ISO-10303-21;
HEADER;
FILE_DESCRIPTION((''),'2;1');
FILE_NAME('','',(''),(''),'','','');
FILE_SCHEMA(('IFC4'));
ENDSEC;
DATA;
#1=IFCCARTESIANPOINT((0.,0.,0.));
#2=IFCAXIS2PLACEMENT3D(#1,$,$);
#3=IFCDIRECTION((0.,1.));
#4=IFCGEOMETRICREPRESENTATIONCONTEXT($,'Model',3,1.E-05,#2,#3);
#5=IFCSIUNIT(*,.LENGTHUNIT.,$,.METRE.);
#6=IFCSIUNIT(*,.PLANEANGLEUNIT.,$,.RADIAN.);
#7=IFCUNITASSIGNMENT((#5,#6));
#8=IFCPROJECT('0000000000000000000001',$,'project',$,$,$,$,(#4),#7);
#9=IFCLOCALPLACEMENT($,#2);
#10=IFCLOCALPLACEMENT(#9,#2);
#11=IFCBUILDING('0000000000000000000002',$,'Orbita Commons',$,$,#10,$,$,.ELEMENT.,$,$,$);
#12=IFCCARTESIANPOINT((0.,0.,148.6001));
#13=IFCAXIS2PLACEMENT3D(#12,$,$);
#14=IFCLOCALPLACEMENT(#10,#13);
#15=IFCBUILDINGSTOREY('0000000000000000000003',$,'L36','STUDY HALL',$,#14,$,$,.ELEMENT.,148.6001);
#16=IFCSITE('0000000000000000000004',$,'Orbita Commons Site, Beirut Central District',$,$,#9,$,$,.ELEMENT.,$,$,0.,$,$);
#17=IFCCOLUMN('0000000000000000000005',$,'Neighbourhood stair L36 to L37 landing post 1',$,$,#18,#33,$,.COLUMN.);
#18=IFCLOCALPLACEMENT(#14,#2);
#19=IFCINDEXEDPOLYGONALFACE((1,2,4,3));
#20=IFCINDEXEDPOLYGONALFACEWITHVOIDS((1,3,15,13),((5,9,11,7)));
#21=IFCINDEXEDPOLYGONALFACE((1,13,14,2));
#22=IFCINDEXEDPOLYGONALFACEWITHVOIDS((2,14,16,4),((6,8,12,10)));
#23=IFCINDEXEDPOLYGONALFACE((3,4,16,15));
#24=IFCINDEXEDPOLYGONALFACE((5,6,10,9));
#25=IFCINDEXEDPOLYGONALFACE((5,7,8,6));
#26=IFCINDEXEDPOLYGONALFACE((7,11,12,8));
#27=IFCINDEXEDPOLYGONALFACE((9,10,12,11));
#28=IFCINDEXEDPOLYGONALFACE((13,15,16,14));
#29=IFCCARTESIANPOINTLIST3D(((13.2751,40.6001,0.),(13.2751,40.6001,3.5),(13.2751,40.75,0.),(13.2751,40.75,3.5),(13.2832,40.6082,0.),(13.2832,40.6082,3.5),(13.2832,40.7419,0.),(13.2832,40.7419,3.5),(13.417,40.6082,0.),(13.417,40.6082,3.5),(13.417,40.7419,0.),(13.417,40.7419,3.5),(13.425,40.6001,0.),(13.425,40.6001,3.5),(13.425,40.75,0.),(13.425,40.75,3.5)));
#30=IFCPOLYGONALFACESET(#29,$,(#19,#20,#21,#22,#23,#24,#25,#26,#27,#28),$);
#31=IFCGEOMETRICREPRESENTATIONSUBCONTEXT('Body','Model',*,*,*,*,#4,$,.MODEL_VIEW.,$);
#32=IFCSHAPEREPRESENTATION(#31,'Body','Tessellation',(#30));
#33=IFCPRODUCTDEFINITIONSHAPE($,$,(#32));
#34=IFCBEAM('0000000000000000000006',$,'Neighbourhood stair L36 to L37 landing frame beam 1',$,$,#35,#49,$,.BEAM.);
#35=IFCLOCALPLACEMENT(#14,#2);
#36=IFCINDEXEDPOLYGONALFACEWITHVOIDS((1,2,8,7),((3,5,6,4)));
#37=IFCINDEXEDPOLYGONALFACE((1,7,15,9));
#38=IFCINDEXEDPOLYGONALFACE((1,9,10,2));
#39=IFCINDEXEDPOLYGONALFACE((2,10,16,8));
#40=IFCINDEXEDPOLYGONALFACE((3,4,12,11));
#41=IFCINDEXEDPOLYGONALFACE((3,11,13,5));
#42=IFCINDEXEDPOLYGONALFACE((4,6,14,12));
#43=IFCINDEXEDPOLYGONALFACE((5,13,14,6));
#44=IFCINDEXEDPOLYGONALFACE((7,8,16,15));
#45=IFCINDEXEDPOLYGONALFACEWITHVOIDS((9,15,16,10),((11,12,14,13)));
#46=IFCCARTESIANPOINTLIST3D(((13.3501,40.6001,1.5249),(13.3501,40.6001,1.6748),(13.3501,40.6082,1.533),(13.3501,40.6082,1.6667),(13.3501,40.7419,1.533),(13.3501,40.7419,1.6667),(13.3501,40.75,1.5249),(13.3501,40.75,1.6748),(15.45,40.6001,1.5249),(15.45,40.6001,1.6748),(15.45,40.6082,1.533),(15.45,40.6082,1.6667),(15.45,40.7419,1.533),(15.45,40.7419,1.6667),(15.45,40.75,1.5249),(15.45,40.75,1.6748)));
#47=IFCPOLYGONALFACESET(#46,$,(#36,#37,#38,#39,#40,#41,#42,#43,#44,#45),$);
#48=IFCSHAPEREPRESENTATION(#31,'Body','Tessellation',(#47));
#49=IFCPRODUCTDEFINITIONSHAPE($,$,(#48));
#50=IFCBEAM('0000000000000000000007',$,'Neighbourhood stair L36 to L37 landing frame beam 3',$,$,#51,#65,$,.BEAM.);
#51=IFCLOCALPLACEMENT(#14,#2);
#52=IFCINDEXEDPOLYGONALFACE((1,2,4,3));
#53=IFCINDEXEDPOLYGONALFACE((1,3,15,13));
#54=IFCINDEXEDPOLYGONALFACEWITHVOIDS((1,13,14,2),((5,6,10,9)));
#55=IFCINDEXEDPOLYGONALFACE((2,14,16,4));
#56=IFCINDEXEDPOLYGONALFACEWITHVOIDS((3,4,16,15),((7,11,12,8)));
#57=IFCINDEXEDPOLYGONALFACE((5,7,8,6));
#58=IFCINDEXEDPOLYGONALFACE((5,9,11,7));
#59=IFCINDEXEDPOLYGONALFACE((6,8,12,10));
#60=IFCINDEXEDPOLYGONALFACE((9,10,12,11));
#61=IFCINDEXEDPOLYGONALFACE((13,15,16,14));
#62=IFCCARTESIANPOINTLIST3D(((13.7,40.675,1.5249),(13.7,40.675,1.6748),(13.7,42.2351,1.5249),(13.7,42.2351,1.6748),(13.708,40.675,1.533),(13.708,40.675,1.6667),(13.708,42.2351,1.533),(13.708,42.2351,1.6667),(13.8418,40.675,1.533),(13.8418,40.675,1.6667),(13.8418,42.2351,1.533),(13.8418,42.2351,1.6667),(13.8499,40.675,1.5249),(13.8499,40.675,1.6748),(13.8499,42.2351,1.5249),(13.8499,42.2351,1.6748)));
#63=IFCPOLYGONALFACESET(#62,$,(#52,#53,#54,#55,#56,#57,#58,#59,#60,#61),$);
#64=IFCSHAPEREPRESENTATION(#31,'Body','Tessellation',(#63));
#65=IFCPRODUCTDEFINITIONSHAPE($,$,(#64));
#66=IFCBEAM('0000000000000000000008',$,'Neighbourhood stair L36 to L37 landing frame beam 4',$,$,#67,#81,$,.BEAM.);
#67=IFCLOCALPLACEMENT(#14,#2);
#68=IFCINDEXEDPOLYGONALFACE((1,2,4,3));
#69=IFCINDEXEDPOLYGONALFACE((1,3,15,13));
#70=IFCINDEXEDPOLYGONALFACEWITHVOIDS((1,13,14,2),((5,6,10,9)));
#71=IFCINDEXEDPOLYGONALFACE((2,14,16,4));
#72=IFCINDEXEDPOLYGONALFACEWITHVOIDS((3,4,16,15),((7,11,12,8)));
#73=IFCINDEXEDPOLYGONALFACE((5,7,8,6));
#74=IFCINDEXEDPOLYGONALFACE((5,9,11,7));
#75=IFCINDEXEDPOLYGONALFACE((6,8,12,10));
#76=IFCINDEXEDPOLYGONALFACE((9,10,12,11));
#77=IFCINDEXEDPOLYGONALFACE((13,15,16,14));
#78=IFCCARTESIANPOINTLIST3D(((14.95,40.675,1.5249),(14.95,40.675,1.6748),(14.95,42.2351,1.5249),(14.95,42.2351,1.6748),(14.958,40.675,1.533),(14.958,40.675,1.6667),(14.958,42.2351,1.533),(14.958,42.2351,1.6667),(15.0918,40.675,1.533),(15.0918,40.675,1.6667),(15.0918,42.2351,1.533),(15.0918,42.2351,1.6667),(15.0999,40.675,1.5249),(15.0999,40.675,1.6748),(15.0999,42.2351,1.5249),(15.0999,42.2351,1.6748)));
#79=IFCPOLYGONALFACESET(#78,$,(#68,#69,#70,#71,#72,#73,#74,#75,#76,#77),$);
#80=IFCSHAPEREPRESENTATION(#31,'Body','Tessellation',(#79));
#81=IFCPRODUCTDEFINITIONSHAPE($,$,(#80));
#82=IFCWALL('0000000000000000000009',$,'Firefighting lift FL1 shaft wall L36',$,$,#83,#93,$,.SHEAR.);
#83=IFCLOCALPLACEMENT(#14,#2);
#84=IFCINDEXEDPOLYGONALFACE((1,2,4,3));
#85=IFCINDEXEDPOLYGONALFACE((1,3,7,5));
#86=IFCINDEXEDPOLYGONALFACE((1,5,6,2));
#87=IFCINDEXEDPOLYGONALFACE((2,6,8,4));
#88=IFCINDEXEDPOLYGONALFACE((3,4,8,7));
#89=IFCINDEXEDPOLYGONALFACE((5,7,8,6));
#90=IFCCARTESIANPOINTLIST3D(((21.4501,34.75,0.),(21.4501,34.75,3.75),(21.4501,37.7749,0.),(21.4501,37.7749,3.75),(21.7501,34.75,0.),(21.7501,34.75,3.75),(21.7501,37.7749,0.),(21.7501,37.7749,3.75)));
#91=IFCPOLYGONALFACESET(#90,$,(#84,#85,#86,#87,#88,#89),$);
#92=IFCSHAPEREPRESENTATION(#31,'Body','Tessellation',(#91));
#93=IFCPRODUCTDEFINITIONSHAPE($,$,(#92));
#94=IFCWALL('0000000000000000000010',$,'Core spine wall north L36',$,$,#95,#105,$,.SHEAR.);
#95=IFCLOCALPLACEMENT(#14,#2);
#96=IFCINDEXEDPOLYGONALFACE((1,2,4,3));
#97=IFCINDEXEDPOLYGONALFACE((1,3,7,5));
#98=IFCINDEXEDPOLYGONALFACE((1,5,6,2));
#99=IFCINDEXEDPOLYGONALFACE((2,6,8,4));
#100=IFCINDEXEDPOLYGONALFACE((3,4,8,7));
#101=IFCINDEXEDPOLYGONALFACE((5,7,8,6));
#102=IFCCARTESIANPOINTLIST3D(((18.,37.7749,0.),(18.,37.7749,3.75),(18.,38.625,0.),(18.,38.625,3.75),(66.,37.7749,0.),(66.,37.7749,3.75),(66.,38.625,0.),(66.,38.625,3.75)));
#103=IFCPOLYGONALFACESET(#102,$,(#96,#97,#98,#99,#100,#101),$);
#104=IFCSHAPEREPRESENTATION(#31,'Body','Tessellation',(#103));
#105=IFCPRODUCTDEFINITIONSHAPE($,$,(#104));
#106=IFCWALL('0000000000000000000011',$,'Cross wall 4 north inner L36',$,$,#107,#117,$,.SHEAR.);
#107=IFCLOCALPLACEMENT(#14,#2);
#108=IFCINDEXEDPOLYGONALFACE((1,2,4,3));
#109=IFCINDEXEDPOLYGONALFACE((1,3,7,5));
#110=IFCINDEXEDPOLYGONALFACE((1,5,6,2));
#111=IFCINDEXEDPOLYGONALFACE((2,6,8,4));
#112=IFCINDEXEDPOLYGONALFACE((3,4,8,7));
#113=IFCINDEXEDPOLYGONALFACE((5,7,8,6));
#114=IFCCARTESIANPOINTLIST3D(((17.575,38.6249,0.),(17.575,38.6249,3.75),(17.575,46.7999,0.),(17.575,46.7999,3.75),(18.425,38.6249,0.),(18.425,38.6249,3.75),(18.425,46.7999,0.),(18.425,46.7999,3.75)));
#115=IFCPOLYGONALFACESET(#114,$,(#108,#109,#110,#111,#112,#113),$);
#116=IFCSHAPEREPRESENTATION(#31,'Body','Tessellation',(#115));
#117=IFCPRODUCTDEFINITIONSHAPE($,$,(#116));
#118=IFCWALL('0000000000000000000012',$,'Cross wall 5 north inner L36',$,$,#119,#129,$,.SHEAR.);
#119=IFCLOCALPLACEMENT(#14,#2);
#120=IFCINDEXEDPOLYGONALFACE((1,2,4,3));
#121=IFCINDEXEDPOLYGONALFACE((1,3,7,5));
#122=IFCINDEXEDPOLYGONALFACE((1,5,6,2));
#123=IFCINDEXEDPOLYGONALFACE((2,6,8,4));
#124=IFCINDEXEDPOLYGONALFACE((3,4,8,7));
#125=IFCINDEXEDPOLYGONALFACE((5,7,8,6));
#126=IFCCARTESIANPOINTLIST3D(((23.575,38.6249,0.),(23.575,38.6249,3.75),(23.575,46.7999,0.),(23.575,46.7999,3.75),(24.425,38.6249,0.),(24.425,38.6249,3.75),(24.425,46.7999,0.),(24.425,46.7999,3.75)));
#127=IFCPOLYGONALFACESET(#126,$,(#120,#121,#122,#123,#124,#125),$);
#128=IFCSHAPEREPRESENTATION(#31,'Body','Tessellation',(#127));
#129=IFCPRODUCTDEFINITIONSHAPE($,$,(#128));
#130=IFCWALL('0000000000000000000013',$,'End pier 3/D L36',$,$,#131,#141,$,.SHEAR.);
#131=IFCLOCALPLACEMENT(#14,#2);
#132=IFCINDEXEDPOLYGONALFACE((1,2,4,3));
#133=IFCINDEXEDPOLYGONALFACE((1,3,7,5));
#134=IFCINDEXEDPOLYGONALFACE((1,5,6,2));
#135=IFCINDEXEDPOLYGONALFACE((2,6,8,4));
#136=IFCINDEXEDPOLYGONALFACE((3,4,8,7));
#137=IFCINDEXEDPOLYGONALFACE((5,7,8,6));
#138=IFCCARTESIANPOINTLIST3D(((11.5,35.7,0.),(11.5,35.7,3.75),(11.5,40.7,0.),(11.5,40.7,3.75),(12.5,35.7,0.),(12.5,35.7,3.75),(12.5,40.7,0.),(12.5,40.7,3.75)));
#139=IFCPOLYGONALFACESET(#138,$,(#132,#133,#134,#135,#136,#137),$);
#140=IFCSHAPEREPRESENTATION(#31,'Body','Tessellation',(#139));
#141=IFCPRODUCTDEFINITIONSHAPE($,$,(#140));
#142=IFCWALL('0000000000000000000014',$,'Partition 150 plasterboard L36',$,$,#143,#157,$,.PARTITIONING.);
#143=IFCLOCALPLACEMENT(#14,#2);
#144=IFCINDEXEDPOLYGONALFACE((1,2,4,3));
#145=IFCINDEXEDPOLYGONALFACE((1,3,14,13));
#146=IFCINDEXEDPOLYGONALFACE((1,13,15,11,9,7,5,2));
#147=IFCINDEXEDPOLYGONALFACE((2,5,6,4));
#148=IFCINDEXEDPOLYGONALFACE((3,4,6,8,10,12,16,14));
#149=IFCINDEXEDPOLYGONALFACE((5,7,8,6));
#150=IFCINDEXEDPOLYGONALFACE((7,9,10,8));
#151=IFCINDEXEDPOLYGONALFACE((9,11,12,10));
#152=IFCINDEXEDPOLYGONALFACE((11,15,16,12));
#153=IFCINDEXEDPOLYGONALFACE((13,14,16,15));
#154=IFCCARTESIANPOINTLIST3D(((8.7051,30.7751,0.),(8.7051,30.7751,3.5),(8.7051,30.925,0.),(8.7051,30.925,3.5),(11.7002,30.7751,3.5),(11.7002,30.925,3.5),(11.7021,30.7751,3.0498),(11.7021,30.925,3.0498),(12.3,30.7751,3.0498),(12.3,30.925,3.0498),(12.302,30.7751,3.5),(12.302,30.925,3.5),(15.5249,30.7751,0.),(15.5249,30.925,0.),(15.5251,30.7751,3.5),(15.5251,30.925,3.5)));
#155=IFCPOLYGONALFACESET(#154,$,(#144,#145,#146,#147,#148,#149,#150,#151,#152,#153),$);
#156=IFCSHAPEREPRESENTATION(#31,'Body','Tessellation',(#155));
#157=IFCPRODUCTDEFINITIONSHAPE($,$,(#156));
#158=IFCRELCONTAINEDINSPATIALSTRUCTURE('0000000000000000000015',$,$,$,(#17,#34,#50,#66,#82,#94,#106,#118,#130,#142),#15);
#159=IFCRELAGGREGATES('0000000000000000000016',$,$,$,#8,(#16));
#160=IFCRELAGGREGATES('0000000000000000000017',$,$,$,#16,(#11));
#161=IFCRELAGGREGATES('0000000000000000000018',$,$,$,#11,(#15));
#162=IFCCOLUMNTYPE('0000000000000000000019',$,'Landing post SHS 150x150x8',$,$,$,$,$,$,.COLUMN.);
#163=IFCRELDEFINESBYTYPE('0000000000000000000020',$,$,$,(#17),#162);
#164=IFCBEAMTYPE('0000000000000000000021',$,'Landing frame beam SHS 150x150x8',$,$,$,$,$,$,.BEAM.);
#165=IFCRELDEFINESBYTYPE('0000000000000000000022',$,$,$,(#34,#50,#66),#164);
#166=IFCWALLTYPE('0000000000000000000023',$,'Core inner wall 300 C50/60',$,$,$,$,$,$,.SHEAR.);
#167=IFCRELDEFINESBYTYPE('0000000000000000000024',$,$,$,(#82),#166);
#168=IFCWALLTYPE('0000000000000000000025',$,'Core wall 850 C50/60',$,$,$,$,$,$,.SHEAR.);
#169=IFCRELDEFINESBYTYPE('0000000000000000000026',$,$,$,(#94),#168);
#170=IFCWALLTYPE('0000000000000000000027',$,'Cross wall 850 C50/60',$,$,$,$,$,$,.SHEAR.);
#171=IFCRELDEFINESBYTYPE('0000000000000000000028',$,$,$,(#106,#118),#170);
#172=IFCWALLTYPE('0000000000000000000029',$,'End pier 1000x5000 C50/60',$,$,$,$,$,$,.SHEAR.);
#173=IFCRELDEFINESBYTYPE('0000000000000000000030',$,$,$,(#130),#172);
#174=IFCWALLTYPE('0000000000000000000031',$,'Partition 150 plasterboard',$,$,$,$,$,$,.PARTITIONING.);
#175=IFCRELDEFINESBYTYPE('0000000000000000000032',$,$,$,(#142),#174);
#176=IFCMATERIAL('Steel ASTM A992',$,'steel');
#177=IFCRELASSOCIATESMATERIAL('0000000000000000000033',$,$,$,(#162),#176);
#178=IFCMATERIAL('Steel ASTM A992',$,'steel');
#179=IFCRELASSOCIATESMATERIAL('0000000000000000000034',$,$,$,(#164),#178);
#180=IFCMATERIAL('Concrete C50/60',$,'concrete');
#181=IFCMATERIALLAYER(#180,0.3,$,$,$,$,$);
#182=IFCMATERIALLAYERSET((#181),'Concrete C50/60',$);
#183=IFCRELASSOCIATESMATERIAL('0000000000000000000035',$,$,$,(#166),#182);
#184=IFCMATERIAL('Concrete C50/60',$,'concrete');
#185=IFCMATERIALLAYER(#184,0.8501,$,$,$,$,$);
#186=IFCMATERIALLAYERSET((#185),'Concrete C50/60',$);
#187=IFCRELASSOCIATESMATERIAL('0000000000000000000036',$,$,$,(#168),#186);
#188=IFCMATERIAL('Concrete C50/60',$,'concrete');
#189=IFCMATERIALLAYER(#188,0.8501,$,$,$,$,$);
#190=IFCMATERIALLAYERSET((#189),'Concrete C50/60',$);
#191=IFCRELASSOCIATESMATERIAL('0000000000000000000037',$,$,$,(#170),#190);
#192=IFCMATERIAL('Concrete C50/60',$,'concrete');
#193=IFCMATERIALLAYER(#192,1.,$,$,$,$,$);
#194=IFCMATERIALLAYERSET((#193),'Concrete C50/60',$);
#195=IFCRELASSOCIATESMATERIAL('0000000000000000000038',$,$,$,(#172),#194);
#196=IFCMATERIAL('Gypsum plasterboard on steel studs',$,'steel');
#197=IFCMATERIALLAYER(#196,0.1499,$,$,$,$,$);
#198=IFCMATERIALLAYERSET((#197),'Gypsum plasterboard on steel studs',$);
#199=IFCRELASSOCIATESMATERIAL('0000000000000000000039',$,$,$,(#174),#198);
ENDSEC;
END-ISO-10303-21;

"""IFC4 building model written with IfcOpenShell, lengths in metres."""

from ifc_helpers import new_model, si_unit, direction, frame, frame_2d, origin, origin_2d, place, context, subcontext, project, spatial, polyline, rectangle, hollow_rectangle, outline, extrude, material, layer, layer_set, material_profile, profile_set, type_object, element, save


model = new_model("IFC4")

# Units and contexts
model_context = context("Model", 3, precision=1e-05, world=origin(), true_north=direction((0.0, 1.0)))
body_context = subcontext(model_context, "Body", "Model", "MODEL_VIEW")
ifc_project = project(units=[si_unit("LENGTHUNIT", "METRE"), si_unit("PLANEANGLEUNIT", "RADIAN")], contexts=[model_context])

# Site, building, storey
site_placement = place(None, origin())
site = spatial("IfcSite", under=ifc_project, at=site_placement, Name="Orbita Commons Site, Beirut Central District", CompositionType="ELEMENT", RefElevation=0.0)
building_placement = place(site_placement, origin())
building = spatial("IfcBuilding", under=site, at=building_placement, Name="Orbita Commons", CompositionType="ELEMENT")
storey_placement = place(building_placement, frame((0.0, 0.0, 148.6001)))
storey = spatial("IfcBuildingStorey", under=building, at=storey_placement, Name="L36", Description="STUDY HALL", CompositionType="ELEMENT", Elevation=148.6001)

# Column
ifc_material_1 = material(Name="Steel ASTM A992", Category="steel")
ifc_material_profile_1 = material_profile(ifc_material_1, hollow_rectangle(XDim=0.1499, YDim=0.1499, WallThickness=0.0081, at=origin_2d()), Name="SHS 150x150x8")
ifc_profile_set_1 = profile_set([ifc_material_profile_1], Name="Steel ASTM A992")
column_type = type_object("IfcColumnType", Name="Landing post SHS 150x150x8", PredefinedType="COLUMN", material=ifc_profile_set_1)
column_placement = place(storey_placement, frame((13.3501, 40.675, 0.0), z_axis=(0.0, 0.0, 1.0), x_axis=(1.0, 0.0, 0.0)))
element("IfcColumn", 1, at=column_placement, inside=storey, type_object=column_type, Name="Neighbourhood stair L36 to L37 landing post 1", PredefinedType="COLUMN", context=body_context, shape_type="SweptSolid", body=[
    extrude(hollow_rectangle(XDim=0.1499, YDim=0.1499, WallThickness=0.0081, at=origin_2d()), origin(), (0.0, 0.0, 1.0), 3.5),
])

# Beams
ifc_material_2 = material(Name="Steel ASTM A992", Category="steel")
ifc_material_profile_2 = material_profile(ifc_material_2, hollow_rectangle(XDim=0.1499, YDim=0.1499, WallThickness=0.0081, at=origin_2d()), Name="SHS 150x150x8")
ifc_profile_set_2 = profile_set([ifc_material_profile_2], Name="Steel ASTM A992")
beam_type = type_object("IfcBeamType", Name="Landing frame beam SHS 150x150x8", PredefinedType="BEAM", material=ifc_profile_set_2)
beam_placement = place(storey_placement, frame((13.3501, 40.675, 1.5999), z_axis=(1.0, 0.0, 0.0), x_axis=(0.0, 1.0, 0.0)))
element("IfcBeam", 2, at=beam_placement, inside=storey, type_object=beam_type, Name="Neighbourhood stair L36 to L37 landing frame beam 1", PredefinedType="BEAM", context=body_context, shape_type="SweptSolid", body=[
    extrude(hollow_rectangle(XDim=0.1499, YDim=0.1499, WallThickness=0.0081, at=origin_2d()), origin(), (0.0, 0.0, 1.0), 2.0999),
])
for number, where, z_axis, x_axis, name in (
    (3, (13.7749, 40.675, 1.5999), (0.0, 1.0, 0.0), (-1.0, 0.0, 0.0), "Neighbourhood stair L36 to L37 landing frame beam 3"),
    (4, (15.0249, 40.675, 1.5999), (0.0, 1.0, 0.0), (-1.0, 0.0, 0.0), "Neighbourhood stair L36 to L37 landing frame beam 4"),
):
    element("IfcBeam", number, at=place(storey_placement, frame(where, z_axis=z_axis, x_axis=x_axis)), inside=storey, type_object=beam_type, Name=name, PredefinedType="BEAM", context=body_context, shape_type="SweptSolid", body=[
        extrude(hollow_rectangle(XDim=0.1499, YDim=0.1499, WallThickness=0.0081, at=origin_2d()), origin(), (0.0, 0.0, 1.0), 1.5601),
    ])

# Shared definitions
ifc_material_3 = material(Name="Concrete C50/60", Category="concrete")
ifc_layer_1 = layer(ifc_material_3, 0.3)
ifc_layer_set_1 = layer_set([ifc_layer_1], Name="Concrete C50/60")
wall_type_1 = type_object("IfcWallType", Name="Core inner wall 300 C50/60", PredefinedType="SHEAR", material=ifc_layer_set_1)

# Walls
wall_1_placement = place(storey_placement, frame((21.6001, 34.75, 0.0), z_axis=(0.0, 0.0, 1.0), x_axis=(0.0, 1.0, 0.0)))
element("IfcWall", 5, at=wall_1_placement, inside=storey, type_object=wall_type_1, Name="Firefighting lift FL1 shaft wall L36", PredefinedType="SHEAR", context=body_context, shape_type="SweptSolid", body=[
    extrude(rectangle(XDim=3.0249, YDim=0.3, at=frame_2d((1.5125, 0.0))), origin(), (0.0, 0.0, 1.0), 3.75),
])
ifc_material_4 = material(Name="Concrete C50/60", Category="concrete")
ifc_layer_2 = layer(ifc_material_4, 0.8501)
ifc_layer_set_2 = layer_set([ifc_layer_2], Name="Concrete C50/60")
wall_type_2 = type_object("IfcWallType", Name="Core wall 850 C50/60", PredefinedType="SHEAR", material=ifc_layer_set_2)
wall_2_placement = place(storey_placement, frame((18.0, 38.2, 0.0), z_axis=(0.0, 0.0, 1.0), x_axis=(1.0, 0.0, 0.0)))
element("IfcWall", 6, at=wall_2_placement, inside=storey, type_object=wall_type_2, Name="Core spine wall north L36", PredefinedType="SHEAR", context=body_context, shape_type="SweptSolid", body=[
    extrude(rectangle(XDim=48.0, YDim=0.8501, at=frame_2d((24.0, 0.0))), origin(), (0.0, 0.0, 1.0), 3.75),
])
ifc_material_5 = material(Name="Concrete C50/60", Category="concrete")
ifc_layer_3 = layer(ifc_material_5, 0.8501)
ifc_layer_set_3 = layer_set([ifc_layer_3], Name="Concrete C50/60")
wall_type_3 = type_object("IfcWallType", Name="Cross wall 850 C50/60", PredefinedType="SHEAR", material=ifc_layer_set_3)
for number, where, z_axis, x_axis, name in (
    (7, (18.0, 38.625, 0.0), (0.0, 0.0, 1.0), (0.0, 1.0, 0.0), "Cross wall 4 north inner L36"),
    (8, (24.0, 38.625, 0.0), (0.0, 0.0, 1.0), (0.0, 1.0, 0.0), "Cross wall 5 north inner L36"),
):
    element("IfcWall", number, at=place(storey_placement, frame(where, z_axis=z_axis, x_axis=x_axis)), inside=storey, type_object=wall_type_3, Name=name, PredefinedType="SHEAR", context=body_context, shape_type="SweptSolid", body=[
        extrude(rectangle(XDim=8.175, YDim=0.8501, at=frame_2d((4.0874, 0.0))), origin(), (0.0, 0.0, 1.0), 3.75),
    ])
ifc_material_6 = material(Name="Concrete C50/60", Category="concrete")
ifc_layer_4 = layer(ifc_material_6, 1.0)
ifc_layer_set_4 = layer_set([ifc_layer_4], Name="Concrete C50/60")
wall_type_4 = type_object("IfcWallType", Name="End pier 1000x5000 C50/60", PredefinedType="SHEAR", material=ifc_layer_set_4)
wall_3_placement = place(storey_placement, frame((12.0, 35.7, 0.0), z_axis=(0.0, 0.0, 1.0), x_axis=(0.0, 1.0, 0.0)))
element("IfcWall", 9, at=wall_3_placement, inside=storey, type_object=wall_type_4, Name="End pier 3/D L36", PredefinedType="SHEAR", context=body_context, shape_type="SweptSolid", body=[
    extrude(rectangle(XDim=5.0, YDim=1.0, at=frame_2d((2.5, 0.0))), origin(), (0.0, 0.0, 1.0), 3.75),
])
ifc_material_7 = material(Name="Gypsum plasterboard on steel studs", Category="steel")
ifc_layer_5 = layer(ifc_material_7, 0.1499)
ifc_layer_set_5 = layer_set([ifc_layer_5], Name="Gypsum plasterboard on steel studs")
wall_type_5 = type_object("IfcWallType", Name="Partition 150 plasterboard", PredefinedType="PARTITIONING", material=ifc_layer_set_5)
wall_4_placement = place(storey_placement, frame((8.7051, 30.8501, 0.0), z_axis=(0.0, 0.0, 1.0), x_axis=(1.0, 0.0, 0.0)))
element("IfcWall", 10, at=wall_4_placement, inside=storey, type_object=wall_type_5, Name="Partition 150 plasterboard L36", PredefinedType="PARTITIONING", context=body_context, shape_type="SweptSolid", body=[
    extrude(outline(polyline([(0.0, 0.0), (6.8198, 0.0), (6.8201, 3.5), (3.5969, 3.5), (3.595, 3.0498), (2.9971, 3.0498), (2.9951, 3.5), (0.0, 3.5), (0.0, 0.0)])), frame((0.0, 0.075, 0.0), z_axis=(0.0, -1.0, 0.0), x_axis=(1.0, 0.0, 0.0)), (0.0, 0.0, 1.0), 0.1499),
])

save(model, "model.ifc")
